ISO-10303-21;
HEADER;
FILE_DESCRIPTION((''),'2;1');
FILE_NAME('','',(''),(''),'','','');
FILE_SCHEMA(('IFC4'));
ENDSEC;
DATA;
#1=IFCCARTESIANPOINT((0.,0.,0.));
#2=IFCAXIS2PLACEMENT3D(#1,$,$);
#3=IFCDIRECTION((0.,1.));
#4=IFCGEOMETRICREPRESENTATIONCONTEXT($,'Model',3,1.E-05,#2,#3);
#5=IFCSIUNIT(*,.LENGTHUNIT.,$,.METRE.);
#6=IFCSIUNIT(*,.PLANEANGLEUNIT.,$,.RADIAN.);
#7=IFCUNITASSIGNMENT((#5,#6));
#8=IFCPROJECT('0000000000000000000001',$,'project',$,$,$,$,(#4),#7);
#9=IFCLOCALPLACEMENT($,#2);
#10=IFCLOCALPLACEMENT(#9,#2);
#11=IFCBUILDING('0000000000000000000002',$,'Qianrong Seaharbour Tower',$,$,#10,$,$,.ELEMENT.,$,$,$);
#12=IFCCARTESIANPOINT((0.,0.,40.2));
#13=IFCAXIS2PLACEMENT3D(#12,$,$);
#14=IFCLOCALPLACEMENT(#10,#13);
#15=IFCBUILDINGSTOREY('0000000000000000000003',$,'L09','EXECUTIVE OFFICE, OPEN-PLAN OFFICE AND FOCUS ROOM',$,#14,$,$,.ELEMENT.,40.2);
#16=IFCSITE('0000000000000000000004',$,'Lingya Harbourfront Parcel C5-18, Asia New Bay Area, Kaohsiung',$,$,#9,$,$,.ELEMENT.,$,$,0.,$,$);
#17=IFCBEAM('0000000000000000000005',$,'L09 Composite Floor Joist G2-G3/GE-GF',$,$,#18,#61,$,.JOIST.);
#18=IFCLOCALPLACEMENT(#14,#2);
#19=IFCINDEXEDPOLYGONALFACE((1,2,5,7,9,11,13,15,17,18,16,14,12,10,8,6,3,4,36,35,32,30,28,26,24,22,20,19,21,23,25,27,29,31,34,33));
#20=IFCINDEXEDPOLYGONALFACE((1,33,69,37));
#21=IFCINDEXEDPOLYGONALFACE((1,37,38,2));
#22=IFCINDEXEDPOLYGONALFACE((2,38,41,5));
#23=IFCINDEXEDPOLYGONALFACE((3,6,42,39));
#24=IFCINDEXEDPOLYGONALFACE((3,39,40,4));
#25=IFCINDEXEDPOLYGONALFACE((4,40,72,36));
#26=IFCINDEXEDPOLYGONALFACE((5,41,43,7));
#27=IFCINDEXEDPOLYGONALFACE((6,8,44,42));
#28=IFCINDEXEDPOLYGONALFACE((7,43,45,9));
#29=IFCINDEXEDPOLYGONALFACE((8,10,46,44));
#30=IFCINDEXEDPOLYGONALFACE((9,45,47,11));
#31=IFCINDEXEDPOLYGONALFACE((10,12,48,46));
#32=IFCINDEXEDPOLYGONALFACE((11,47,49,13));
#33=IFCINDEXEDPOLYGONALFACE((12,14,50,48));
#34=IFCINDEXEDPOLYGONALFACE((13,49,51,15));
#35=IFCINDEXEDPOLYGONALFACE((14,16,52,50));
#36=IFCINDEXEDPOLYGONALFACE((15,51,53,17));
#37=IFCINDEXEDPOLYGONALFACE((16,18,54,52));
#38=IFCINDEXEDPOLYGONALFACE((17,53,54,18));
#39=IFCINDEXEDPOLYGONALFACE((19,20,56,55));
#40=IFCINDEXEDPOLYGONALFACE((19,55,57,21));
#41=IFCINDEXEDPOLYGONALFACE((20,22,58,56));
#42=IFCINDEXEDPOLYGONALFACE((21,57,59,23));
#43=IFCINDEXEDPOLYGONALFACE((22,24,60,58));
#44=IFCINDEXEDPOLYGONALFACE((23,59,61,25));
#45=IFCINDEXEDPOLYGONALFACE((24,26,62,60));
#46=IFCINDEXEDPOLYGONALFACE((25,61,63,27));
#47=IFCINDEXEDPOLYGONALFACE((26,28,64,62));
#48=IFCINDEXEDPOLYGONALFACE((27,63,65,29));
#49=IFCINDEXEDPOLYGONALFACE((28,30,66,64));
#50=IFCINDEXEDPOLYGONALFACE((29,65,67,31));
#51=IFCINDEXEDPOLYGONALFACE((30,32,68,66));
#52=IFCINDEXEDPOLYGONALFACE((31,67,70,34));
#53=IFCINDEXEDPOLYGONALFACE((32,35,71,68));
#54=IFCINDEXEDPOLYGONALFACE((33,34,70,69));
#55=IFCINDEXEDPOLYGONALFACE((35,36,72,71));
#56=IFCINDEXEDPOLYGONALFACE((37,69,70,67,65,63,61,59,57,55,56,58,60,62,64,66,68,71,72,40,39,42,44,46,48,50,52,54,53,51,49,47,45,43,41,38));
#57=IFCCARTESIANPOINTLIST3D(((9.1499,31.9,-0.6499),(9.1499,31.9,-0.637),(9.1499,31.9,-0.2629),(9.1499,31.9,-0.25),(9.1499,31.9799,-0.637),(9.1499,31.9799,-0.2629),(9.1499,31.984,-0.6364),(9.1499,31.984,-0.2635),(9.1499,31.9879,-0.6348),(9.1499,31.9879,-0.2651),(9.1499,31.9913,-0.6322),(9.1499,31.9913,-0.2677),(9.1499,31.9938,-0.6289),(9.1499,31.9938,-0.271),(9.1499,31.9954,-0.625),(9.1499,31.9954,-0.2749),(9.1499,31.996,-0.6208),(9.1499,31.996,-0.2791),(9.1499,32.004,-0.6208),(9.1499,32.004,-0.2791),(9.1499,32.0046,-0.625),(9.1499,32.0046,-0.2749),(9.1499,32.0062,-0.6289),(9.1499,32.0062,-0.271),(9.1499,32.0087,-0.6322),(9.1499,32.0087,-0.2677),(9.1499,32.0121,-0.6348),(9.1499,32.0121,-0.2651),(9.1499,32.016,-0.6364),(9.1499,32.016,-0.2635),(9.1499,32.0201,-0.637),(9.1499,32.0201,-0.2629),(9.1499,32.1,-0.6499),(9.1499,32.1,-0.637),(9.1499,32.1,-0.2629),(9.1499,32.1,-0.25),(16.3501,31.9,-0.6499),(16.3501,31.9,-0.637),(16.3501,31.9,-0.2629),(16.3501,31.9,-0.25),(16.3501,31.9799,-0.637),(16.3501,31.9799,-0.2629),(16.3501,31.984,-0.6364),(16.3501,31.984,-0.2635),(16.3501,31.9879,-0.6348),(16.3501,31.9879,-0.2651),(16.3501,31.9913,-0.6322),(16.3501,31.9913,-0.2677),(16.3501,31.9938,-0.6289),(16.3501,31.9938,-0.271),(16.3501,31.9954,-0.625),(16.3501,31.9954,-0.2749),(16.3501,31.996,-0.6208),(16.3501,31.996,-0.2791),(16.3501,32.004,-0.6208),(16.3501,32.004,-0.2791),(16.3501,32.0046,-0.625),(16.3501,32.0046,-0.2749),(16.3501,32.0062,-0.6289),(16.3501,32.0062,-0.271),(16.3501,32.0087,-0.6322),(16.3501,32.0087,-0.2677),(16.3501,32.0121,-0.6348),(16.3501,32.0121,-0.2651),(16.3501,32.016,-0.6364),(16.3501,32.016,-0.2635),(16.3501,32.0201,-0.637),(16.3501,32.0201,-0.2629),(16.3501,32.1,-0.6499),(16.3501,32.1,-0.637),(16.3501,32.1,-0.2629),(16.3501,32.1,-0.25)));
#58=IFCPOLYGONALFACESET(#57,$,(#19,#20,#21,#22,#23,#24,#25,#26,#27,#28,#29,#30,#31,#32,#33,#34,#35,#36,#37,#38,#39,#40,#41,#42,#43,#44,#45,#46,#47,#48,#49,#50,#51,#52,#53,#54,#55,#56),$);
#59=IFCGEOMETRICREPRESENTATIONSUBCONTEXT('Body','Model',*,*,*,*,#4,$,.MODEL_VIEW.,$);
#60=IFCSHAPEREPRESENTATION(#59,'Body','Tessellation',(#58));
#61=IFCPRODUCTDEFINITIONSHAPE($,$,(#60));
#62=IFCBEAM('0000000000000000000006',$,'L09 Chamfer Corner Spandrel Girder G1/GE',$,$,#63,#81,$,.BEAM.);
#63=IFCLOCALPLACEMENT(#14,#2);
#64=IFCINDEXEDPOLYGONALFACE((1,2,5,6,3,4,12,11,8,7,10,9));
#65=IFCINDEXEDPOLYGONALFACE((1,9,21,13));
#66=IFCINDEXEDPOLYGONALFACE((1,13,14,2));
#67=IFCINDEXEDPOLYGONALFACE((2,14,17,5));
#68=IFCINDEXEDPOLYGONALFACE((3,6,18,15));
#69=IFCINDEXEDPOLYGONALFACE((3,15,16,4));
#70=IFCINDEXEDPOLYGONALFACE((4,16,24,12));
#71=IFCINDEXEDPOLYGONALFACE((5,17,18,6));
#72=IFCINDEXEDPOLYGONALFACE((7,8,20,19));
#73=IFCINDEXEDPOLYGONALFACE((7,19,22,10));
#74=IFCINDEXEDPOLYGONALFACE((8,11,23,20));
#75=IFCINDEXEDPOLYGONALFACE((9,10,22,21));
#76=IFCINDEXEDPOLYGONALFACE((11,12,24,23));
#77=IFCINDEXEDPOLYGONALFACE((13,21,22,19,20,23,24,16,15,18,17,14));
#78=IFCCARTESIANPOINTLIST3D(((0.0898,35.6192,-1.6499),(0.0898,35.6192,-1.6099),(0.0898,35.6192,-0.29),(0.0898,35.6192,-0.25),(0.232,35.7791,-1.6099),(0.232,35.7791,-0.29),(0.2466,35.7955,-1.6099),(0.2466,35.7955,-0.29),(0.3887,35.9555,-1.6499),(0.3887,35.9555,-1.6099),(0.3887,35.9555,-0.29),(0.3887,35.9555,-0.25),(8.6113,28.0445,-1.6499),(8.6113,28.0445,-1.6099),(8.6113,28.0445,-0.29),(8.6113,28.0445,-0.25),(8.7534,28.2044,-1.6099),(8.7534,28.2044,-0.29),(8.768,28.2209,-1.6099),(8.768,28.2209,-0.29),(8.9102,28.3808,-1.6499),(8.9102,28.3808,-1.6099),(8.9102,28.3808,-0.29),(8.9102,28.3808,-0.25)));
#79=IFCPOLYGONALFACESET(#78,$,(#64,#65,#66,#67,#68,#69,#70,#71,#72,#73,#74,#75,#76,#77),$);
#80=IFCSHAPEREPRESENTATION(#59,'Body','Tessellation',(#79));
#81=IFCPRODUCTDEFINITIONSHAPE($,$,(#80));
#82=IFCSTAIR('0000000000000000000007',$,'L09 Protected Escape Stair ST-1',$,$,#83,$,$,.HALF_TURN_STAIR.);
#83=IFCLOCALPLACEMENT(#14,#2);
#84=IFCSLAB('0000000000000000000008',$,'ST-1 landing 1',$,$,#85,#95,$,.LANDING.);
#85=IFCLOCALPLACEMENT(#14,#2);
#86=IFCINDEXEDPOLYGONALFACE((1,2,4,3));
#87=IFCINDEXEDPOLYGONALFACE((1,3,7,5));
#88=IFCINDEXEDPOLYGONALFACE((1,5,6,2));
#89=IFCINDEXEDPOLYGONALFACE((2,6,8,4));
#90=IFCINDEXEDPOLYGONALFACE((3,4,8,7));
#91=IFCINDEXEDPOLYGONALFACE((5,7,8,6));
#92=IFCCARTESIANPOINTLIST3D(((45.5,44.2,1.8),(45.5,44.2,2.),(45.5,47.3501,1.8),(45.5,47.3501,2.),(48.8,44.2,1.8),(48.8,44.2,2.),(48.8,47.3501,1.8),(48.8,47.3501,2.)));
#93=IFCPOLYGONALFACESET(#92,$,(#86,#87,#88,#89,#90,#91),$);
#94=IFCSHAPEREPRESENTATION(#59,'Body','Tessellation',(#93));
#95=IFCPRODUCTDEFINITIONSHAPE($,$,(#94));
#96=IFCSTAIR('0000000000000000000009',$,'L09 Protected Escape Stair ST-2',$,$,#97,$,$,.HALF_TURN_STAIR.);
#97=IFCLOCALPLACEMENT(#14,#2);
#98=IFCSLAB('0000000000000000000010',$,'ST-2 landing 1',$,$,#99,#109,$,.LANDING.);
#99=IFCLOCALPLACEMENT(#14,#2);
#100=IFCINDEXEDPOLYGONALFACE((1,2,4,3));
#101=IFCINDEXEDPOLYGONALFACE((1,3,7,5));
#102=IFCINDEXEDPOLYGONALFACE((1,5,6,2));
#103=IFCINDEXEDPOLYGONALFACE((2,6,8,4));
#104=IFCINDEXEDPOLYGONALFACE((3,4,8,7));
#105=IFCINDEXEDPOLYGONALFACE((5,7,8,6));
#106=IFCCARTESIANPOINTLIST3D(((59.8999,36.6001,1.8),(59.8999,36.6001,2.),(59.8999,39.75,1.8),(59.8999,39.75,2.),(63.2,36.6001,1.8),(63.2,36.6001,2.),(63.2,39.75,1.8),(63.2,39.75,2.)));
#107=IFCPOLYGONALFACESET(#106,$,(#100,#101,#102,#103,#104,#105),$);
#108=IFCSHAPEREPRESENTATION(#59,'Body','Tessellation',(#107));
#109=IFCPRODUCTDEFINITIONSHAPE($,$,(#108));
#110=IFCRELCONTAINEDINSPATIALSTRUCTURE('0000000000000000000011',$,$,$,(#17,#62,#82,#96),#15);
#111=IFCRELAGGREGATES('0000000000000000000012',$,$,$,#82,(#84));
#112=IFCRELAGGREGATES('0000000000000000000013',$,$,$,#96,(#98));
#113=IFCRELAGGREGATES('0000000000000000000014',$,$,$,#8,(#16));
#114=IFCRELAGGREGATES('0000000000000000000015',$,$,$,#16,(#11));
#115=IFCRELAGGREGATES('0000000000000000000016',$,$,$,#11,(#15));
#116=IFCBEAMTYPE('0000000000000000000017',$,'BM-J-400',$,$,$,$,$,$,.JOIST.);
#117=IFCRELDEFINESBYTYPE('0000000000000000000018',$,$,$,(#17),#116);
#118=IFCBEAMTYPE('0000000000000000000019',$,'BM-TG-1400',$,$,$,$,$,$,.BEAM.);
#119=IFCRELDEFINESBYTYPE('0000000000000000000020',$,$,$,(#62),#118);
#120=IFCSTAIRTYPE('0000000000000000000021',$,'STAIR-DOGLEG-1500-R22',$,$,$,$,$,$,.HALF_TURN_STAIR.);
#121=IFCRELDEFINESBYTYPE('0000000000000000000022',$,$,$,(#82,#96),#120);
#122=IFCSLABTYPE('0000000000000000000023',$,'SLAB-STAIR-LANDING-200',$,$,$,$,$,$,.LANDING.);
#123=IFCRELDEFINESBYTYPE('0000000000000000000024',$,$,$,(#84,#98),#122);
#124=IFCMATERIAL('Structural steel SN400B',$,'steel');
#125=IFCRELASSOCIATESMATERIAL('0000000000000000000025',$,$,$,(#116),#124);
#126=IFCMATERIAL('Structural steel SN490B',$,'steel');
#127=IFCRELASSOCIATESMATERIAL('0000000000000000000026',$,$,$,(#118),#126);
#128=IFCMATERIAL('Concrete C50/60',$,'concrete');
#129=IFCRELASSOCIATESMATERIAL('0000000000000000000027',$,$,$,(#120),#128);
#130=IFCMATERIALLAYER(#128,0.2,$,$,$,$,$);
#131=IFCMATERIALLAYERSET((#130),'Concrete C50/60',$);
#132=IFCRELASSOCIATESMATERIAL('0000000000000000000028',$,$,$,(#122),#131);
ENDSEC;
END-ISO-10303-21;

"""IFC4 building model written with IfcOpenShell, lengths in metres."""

from ifc_helpers import new_model, si_unit, direction, frame, origin, origin_2d, place, context, subcontext, project, spatial, polyline, i_section, outline, extrude, material, layer, layer_set, material_profile, profile_set, type_object, element, aggregate, save


model = new_model("IFC4")

# Units and contexts
model_context = context("Model", 3, precision=1e-05, world=origin(), true_north=direction((0.0, 1.0)))
body_context = subcontext(model_context, "Body", "Model", "MODEL_VIEW")
ifc_project = project(units=[si_unit("LENGTHUNIT", "METRE"), si_unit("PLANEANGLEUNIT", "RADIAN")], contexts=[model_context])

# Site, building, storey
site_placement = place(None, origin())
site = spatial("IfcSite", under=ifc_project, at=site_placement, Name="Lingya Harbourfront Parcel C5-18, Asia New Bay Area, Kaohsiung", CompositionType="ELEMENT", RefElevation=0.0)
building_placement = place(site_placement, origin())
building = spatial("IfcBuilding", under=site, at=building_placement, Name="Qianrong Seaharbour Tower", CompositionType="ELEMENT")
storey_placement = place(building_placement, frame((0.0, 0.0, 40.2)))
storey = spatial("IfcBuildingStorey", under=building, at=storey_placement, Name="L09", Description="EXECUTIVE OFFICE, OPEN-PLAN OFFICE AND FOCUS ROOM", CompositionType="ELEMENT", Elevation=40.2)

# Shared definitions
ifc_material_1 = material(Name="Structural steel SN490B", Category="steel")

# Beams
ifc_material_2 = material(Name="Structural steel SN400B", Category="steel")
ifc_material_profile_1 = material_profile(ifc_material_2, i_section(OverallWidth=0.2, OverallDepth=0.3999, WebThickness=0.0081, FlangeThickness=0.0129, FilletRadius=0.0161, at=origin_2d()), Name="H400x200x8x13")
ifc_profile_set_1 = profile_set([ifc_material_profile_1], Name="Structural steel SN400B")
beam_type_1 = type_object("IfcBeamType", Name="BM-J-400", PredefinedType="JOIST", material=ifc_profile_set_1)
beam_1_placement = place(storey_placement, frame((9.1499, 32.0, -0.45), z_axis=(1.0, 0.0, 0.0), x_axis=(0.0, 1.0, 0.0)))
element("IfcBeam", 1, at=beam_1_placement, inside=storey, type_object=beam_type_1, Name="L09 Composite Floor Joist G2-G3/GE-GF", PredefinedType="JOIST", context=body_context, shape_type="SweptSolid", body=[
    extrude(i_section(OverallWidth=0.2, OverallDepth=0.3999, WebThickness=0.0081, FlangeThickness=0.0129, FilletRadius=0.0161, at=origin_2d()), origin(), (0.0, 0.0, 1.0), 7.2002),
])
ifc_material_profile_2 = material_profile(ifc_material_1, i_section(OverallWidth=0.45, OverallDepth=1.3999, WebThickness=0.022, FlangeThickness=0.04, at=origin_2d()), Name="BH1400x450x22x40")
ifc_profile_set_2 = profile_set([ifc_material_profile_2], Name="Structural steel SN490B")
beam_type_2 = type_object("IfcBeamType", Name="BM-TG-1400", PredefinedType="BEAM", material=ifc_profile_set_2)
beam_2_placement = place(storey_placement, frame((8.7607, 28.2126, -0.95), z_axis=(-0.747407, 0.664366, 0.0), x_axis=(-0.664366, -0.747407, 0.0)))
element("IfcBeam", 2, at=beam_2_placement, inside=storey, type_object=beam_type_2, Name="L09 Chamfer Corner Spandrel Girder G1/GE", PredefinedType="BEAM", context=body_context, shape_type="SweptSolid", body=[
    extrude(i_section(OverallWidth=0.45, OverallDepth=1.3999, WebThickness=0.022, FlangeThickness=0.04, at=origin_2d()), origin(), (0.0, 0.0, 1.0), 11.4014),
])

# Stairs, slabs
ifc_material_3 = material(Name="Concrete C50/60", Category="concrete")
stair_type = type_object("IfcStairType", Name="STAIR-DOGLEG-1500-R22", PredefinedType="HALF_TURN_STAIR", material=ifc_material_3)
stair_1_placement = place(storey_placement, origin())
stair_1 = element("IfcStair", 3, at=stair_1_placement, inside=storey, type_object=stair_type, Name="L09 Protected Escape Stair ST-1", PredefinedType="HALF_TURN_STAIR")
ifc_layer_1 = layer(ifc_material_3, 0.2)
ifc_layer_set_1 = layer_set([ifc_layer_1], Name="Concrete C50/60")
slab_type_1 = type_object("IfcSlabType", Name="SLAB-STAIR-LANDING-200", PredefinedType="LANDING", material=ifc_layer_set_1)
slab_1_placement = place(storey_placement, frame((0.0, 0.0, 1.8)))
slab_1 = element("IfcSlab", 4, at=slab_1_placement, type_object=slab_type_1, Name="ST-1 landing 1", PredefinedType="LANDING", context=body_context, shape_type="SweptSolid", body=[
    extrude(outline(polyline([(45.5, 44.2), (48.8, 44.2), (48.8, 47.3501), (45.5, 47.3501), (45.5, 44.2)])), origin(), (0.0, 0.0, 1.0), 0.2),
])
aggregate(stair_1, [slab_1])
stair_2_placement = place(storey_placement, origin())
stair_2 = element("IfcStair", 5, at=stair_2_placement, inside=storey, type_object=stair_type, Name="L09 Protected Escape Stair ST-2", PredefinedType="HALF_TURN_STAIR")
slab_2_placement = place(storey_placement, frame((0.0, 0.0, 1.8)))
slab_2 = element("IfcSlab", 6, at=slab_2_placement, type_object=slab_type_1, Name="ST-2 landing 1", PredefinedType="LANDING", context=body_context, shape_type="SweptSolid", body=[
    extrude(outline(polyline([(59.8999, 36.6001), (63.2, 36.6001), (63.2, 39.75), (59.8999, 39.75), (59.8999, 36.6001)])), origin(), (0.0, 0.0, 1.0), 0.2),
])
aggregate(stair_2, [slab_2])

save(model, "model.ifc")
